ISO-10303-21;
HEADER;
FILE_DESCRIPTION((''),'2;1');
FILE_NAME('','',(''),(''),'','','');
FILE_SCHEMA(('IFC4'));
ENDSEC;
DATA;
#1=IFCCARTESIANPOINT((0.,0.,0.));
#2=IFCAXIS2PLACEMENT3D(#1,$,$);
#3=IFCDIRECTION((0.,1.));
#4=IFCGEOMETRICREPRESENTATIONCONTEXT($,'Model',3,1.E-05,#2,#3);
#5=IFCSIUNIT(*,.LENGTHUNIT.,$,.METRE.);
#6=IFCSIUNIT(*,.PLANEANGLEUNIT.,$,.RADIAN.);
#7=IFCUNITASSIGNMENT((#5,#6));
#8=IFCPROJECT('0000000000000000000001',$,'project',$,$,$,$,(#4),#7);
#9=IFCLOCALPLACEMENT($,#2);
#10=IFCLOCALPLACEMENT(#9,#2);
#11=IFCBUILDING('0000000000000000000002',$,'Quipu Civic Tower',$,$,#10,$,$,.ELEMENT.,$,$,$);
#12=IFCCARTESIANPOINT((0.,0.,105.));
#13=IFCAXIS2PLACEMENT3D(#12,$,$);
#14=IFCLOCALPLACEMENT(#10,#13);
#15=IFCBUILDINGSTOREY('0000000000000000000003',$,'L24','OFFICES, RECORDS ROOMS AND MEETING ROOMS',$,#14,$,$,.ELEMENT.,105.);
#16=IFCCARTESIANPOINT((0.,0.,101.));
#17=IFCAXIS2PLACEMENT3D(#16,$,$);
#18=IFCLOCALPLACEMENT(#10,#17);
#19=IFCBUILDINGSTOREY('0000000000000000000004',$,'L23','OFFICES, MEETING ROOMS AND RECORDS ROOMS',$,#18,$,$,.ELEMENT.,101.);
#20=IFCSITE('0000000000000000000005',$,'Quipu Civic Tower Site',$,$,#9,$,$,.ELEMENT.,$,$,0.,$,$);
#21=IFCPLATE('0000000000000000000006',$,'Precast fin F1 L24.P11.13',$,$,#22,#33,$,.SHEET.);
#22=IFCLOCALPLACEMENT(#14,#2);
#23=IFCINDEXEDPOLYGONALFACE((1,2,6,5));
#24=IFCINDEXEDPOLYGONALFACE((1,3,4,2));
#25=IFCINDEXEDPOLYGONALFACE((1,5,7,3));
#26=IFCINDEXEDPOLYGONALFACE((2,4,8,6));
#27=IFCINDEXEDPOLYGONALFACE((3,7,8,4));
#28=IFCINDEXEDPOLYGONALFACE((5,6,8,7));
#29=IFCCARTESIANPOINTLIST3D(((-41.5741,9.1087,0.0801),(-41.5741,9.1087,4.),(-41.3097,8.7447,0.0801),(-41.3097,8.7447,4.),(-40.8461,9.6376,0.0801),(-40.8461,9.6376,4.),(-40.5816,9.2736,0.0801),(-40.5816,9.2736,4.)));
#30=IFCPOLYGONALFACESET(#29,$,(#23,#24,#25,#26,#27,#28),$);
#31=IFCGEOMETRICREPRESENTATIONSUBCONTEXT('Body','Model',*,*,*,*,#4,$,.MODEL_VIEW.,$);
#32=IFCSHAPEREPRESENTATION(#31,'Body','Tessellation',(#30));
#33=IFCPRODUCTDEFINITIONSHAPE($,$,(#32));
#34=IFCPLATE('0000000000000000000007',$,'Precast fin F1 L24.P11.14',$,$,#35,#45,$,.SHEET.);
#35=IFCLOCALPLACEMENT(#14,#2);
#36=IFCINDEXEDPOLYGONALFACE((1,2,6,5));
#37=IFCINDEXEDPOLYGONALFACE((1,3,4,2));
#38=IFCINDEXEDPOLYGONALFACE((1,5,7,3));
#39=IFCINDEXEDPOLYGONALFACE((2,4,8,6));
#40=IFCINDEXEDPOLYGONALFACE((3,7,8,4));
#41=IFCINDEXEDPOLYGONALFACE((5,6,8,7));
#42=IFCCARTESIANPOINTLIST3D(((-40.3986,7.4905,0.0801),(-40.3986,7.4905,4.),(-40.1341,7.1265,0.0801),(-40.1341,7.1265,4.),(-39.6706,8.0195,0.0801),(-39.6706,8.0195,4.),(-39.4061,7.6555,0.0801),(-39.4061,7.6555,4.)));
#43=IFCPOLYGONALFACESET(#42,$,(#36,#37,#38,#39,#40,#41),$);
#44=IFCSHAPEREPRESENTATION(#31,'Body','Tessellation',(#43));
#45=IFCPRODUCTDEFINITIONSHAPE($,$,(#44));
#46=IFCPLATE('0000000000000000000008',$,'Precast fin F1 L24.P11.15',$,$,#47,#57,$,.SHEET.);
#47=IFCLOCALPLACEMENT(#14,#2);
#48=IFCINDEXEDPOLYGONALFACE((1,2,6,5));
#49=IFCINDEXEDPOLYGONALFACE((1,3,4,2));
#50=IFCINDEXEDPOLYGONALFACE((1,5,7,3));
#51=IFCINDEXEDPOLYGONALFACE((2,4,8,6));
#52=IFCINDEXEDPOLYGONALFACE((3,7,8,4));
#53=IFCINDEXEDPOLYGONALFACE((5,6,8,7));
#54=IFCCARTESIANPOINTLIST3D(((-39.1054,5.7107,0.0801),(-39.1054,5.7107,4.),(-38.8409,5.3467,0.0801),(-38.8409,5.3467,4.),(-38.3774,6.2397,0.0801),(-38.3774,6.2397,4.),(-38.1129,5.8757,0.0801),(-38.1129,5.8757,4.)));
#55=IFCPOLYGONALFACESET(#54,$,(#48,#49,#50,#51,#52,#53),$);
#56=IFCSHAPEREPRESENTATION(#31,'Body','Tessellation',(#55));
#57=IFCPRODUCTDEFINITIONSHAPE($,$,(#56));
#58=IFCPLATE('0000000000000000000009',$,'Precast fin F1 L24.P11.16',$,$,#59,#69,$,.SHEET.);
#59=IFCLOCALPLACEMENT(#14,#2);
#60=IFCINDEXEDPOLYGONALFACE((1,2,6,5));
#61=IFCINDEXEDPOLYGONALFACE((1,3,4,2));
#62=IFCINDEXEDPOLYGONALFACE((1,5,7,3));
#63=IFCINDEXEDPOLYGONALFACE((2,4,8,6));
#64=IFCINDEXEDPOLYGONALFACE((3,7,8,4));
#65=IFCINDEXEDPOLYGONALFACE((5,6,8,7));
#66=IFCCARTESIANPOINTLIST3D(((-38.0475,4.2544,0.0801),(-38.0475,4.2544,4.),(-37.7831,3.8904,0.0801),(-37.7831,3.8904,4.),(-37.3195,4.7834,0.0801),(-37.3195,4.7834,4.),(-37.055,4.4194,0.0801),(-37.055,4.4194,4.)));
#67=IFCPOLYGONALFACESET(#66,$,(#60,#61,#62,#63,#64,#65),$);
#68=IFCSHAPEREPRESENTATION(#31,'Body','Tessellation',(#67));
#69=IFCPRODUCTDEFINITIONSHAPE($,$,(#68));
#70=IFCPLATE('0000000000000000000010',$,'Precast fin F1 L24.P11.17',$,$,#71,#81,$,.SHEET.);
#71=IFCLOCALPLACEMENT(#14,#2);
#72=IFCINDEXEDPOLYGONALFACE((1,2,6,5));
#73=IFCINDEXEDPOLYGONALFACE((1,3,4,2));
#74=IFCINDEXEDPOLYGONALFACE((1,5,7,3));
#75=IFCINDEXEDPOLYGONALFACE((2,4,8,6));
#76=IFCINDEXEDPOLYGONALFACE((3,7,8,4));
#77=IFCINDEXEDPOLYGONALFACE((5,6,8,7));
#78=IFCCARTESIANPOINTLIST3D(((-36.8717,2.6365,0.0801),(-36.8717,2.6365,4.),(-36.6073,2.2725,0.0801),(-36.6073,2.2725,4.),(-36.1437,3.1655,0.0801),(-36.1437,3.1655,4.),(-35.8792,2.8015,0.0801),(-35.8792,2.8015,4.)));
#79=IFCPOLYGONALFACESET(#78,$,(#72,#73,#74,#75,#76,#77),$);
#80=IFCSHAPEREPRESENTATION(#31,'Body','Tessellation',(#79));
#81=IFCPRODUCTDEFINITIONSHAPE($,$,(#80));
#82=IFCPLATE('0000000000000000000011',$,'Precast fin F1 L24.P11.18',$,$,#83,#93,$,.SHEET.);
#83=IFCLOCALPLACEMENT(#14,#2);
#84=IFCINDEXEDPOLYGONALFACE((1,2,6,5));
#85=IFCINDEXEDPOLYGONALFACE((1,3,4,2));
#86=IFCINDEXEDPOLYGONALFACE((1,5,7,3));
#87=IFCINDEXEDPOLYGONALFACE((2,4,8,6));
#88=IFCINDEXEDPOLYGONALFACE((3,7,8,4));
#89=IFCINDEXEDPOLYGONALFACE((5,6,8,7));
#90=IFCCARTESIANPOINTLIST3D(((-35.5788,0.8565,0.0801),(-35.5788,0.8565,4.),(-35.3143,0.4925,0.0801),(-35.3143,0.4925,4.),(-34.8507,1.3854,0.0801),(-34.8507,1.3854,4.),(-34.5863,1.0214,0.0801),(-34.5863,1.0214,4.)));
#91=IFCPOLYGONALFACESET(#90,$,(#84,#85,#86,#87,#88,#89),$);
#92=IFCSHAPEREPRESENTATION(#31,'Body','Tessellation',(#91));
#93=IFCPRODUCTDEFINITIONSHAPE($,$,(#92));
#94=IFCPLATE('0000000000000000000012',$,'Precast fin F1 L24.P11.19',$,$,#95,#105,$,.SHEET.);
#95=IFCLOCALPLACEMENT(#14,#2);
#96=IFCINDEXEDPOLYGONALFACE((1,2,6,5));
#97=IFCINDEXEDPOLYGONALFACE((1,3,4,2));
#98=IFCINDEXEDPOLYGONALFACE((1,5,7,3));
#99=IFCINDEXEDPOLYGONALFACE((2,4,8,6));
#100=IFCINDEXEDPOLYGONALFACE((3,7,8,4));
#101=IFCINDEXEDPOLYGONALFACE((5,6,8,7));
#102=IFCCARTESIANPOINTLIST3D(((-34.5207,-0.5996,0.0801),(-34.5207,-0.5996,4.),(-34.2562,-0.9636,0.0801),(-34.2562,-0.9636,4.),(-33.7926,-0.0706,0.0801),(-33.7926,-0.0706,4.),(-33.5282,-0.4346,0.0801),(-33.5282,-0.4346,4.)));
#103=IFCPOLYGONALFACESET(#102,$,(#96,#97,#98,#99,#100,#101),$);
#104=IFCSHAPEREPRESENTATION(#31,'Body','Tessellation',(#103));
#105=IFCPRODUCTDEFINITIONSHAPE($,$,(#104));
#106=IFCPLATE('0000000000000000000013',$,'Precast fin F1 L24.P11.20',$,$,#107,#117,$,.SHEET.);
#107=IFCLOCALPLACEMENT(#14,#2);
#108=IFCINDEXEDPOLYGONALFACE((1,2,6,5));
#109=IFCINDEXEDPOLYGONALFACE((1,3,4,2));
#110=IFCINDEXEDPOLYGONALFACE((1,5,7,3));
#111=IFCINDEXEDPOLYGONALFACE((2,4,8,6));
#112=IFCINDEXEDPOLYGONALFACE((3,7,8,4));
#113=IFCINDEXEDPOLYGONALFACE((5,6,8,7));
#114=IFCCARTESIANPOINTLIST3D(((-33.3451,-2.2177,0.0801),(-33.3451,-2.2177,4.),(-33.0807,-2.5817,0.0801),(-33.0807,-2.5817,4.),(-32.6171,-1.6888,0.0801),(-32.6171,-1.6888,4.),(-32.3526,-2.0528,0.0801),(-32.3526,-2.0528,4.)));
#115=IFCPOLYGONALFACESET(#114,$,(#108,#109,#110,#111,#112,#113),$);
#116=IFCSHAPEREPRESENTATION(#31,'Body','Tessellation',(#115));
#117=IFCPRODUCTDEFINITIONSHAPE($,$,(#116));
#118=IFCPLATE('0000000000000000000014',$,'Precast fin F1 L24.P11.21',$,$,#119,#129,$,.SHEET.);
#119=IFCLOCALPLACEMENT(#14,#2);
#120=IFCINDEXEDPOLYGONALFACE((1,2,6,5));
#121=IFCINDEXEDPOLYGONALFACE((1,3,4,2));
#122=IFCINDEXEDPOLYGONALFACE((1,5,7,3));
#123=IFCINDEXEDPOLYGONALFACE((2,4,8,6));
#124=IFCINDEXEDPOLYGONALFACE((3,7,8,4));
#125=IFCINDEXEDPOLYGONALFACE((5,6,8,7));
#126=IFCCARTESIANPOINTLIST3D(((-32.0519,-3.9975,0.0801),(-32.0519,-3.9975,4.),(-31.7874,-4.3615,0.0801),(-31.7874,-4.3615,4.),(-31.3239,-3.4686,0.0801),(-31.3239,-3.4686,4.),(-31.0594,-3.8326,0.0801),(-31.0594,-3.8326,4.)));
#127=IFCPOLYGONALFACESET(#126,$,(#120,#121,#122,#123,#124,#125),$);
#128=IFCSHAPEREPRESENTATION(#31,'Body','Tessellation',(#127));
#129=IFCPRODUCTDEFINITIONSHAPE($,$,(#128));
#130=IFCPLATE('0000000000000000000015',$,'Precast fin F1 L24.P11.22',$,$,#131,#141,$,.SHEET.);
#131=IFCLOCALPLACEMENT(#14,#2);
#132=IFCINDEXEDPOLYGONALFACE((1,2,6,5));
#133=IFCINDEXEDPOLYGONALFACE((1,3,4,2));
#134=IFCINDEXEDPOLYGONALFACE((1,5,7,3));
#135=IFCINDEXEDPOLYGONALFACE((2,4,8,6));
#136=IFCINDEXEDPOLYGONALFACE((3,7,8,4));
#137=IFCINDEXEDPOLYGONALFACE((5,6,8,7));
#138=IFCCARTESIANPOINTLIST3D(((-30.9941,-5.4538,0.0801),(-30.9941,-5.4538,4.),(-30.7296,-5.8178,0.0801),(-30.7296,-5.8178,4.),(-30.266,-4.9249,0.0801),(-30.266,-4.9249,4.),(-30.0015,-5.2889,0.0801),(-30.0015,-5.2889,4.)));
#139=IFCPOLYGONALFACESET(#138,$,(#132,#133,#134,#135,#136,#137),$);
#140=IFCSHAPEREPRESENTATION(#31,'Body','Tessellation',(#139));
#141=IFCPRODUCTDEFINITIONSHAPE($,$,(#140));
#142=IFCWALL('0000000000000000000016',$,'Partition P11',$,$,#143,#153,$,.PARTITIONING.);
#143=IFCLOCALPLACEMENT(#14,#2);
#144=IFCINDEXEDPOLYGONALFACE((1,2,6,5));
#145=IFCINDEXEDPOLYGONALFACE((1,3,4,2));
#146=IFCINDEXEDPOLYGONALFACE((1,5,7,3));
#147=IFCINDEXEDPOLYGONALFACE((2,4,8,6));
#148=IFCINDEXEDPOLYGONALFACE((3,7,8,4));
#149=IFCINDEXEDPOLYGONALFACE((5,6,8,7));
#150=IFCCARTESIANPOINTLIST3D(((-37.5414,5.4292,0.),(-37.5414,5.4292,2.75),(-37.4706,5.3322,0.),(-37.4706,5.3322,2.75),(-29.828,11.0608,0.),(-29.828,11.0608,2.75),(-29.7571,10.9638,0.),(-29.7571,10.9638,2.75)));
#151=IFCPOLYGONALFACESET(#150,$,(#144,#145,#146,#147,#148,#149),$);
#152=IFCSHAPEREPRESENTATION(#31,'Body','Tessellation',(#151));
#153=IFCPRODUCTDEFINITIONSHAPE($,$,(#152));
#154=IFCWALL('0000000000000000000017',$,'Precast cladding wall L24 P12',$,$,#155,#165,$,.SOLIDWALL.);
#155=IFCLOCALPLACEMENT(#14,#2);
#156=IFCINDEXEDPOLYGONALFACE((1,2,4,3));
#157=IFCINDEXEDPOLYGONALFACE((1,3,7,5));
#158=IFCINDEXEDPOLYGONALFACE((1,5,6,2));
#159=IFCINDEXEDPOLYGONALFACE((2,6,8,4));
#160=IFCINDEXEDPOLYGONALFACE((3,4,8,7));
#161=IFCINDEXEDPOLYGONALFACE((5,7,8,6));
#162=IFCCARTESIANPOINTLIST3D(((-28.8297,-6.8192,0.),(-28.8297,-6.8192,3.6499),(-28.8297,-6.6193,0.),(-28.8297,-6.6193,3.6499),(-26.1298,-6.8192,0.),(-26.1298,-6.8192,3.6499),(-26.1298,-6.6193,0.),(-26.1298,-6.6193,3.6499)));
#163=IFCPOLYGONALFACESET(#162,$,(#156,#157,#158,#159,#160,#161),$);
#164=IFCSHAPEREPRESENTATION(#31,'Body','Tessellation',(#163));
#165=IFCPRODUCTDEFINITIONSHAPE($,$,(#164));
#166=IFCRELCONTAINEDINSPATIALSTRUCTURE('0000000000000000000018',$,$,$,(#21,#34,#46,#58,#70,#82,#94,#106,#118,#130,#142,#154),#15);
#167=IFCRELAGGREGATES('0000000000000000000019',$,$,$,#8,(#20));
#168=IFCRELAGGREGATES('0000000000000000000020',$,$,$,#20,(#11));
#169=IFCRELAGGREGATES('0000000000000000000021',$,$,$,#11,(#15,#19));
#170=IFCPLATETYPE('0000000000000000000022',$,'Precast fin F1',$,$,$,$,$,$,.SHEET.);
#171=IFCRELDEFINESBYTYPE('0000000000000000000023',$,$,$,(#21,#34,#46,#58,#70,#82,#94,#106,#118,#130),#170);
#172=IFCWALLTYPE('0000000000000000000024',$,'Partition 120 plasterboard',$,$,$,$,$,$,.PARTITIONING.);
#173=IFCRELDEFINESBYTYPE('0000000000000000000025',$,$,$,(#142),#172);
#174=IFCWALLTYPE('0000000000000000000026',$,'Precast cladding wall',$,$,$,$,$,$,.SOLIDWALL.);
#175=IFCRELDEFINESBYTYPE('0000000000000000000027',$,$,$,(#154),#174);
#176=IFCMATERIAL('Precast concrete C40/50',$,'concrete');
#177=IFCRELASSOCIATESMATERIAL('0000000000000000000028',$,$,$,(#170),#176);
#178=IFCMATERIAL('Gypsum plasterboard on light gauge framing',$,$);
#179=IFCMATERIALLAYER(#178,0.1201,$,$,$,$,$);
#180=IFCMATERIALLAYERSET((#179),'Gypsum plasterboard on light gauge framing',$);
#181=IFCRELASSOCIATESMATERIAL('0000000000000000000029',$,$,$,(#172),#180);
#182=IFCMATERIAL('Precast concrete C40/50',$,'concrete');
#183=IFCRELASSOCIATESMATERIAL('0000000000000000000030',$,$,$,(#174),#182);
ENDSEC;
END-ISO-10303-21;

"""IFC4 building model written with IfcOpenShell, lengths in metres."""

from ifc_helpers import new_model, si_unit, direction, frame, frame_2d, origin, origin_2d, place, context, subcontext, project, spatial, rectangle, extrude, material, layer, layer_set, type_object, element, save


model = new_model("IFC4")

# Units and contexts
model_context = context("Model", 3, precision=1e-05, world=origin(), true_north=direction((0.0, 1.0)))
body_context = subcontext(model_context, "Body", "Model", "MODEL_VIEW")
ifc_project = project(units=[si_unit("LENGTHUNIT", "METRE"), si_unit("PLANEANGLEUNIT", "RADIAN")], contexts=[model_context])

# Site, building, storey
site_placement = place(None, origin())
site = spatial("IfcSite", under=ifc_project, at=site_placement, Name="Quipu Civic Tower Site", CompositionType="ELEMENT", RefElevation=0.0)
building_placement = place(site_placement, origin())
building = spatial("IfcBuilding", under=site, at=building_placement, Name="Quipu Civic Tower", CompositionType="ELEMENT")
storey_1_placement = place(building_placement, frame((0.0, 0.0, 105.0)))
storey_1 = spatial("IfcBuildingStorey", under=building, at=storey_1_placement, Name="L24", Description="OFFICES, RECORDS ROOMS AND MEETING ROOMS", CompositionType="ELEMENT", Elevation=105.0)

# Shared definitions
storey_2_placement = place(building_placement, frame((0.0, 0.0, 101.0)))
storey_2 = spatial("IfcBuildingStorey", under=building, at=storey_2_placement, Name="L23", Description="OFFICES, MEETING ROOMS AND RECORDS ROOMS", CompositionType="ELEMENT", Elevation=101.0)

# Plates
ifc_material_1 = material(Name="Precast concrete C40/50", Category="concrete")
plate_type_1 = type_object("IfcPlateType", Name="Precast fin F1", PredefinedType="SHEET", material=ifc_material_1)
for number, where, z_axis, x_axis, name in (
    (1, (-41.0779, 9.1912, 0.0801), (0.0, 0.0, 1.0), (0.587786, -0.809017, 0.0), "Precast fin F1 L24.P11.13"),
    (2, (-39.9023, 7.573, 0.0801), (0.0, 0.0, 1.0), (0.587786, -0.809017, 0.0), "Precast fin F1 L24.P11.14"),
    (3, (-38.6091, 5.7932, 0.0801), (0.0, 0.0, 1.0), (0.587786, -0.809017, 0.0), "Precast fin F1 L24.P11.15"),
    (4, (-37.5513, 4.3369, 0.0801), (0.0, 0.0, 1.0), (0.587786, -0.809017, 0.0), "Precast fin F1 L24.P11.16"),
    (5, (-36.3755, 2.719, 0.0801), (0.0, 0.0, 1.0), (0.587786, -0.809017, 0.0), "Precast fin F1 L24.P11.17"),
    (6, (-35.0825, 0.939, 0.0801), (0.0, 0.0, 1.0), (0.587786, -0.809017, 0.0), "Precast fin F1 L24.P11.18"),
    (7, (-34.0244, -0.5171, 0.0801), (0.0, 0.0, 1.0), (0.587786, -0.809017, 0.0), "Precast fin F1 L24.P11.19"),
    (8, (-32.8489, -2.1353, 0.0801), (0.0, 0.0, 1.0), (0.587786, -0.809017, 0.0), "Precast fin F1 L24.P11.20"),
    (9, (-31.5557, -3.915, 0.0801), (0.0, 0.0, 1.0), (0.587786, -0.809017, 0.0), "Precast fin F1 L24.P11.21"),
    (10, (-30.4978, -5.3713, 0.0801), (0.0, 0.0, 1.0), (0.587786, -0.809017, 0.0), "Precast fin F1 L24.P11.22"),
):
    element("IfcPlate", number, at=place(storey_1_placement, frame(where, z_axis=z_axis, x_axis=x_axis)), inside=storey_1, type_object=plate_type_1, Name=name, PredefinedType="SHEET", context=body_context, shape_type="SweptSolid", body=[
        extrude(rectangle(XDim=0.45, YDim=0.8999, at=origin_2d()), origin(), (0.0, 0.0, 1.0), 3.9199),
    ])

# Walls
ifc_material_2 = material(Name="Gypsum plasterboard on light gauge framing")
ifc_layer_1 = layer(ifc_material_2, 0.1201)
ifc_layer_set_1 = layer_set([ifc_layer_1], Name="Gypsum plasterboard on light gauge framing")
wall_type_1 = type_object("IfcWallType", Name="Partition 120 plasterboard", PredefinedType="PARTITIONING", material=ifc_layer_set_1)
wall_1_placement = place(storey_1_placement, frame((-37.5061, 5.3806, 0.0), z_axis=(0.0, 0.0, 1.0), x_axis=(0.807646, 0.589668, 0.0)))
element("IfcWall", 11, at=wall_1_placement, inside=storey_1, type_object=wall_type_1, Name="Partition P11", PredefinedType="PARTITIONING", context=body_context, shape_type="SweptSolid", body=[
    extrude(rectangle(XDim=9.5505, YDim=0.1201, at=frame_2d((4.7754, 0.0))), origin(), (0.0, 0.0, 1.0), 2.75),
])
ifc_material_3 = material(Name="Precast concrete C40/50", Category="concrete")
wall_type_2 = type_object("IfcWallType", Name="Precast cladding wall", PredefinedType="SOLIDWALL", material=ifc_material_3)
wall_2_placement = place(storey_1_placement, frame((-28.8298, -6.7192, 0.0), z_axis=(0.0, 0.0, 1.0), x_axis=(1.0, 0.0, 0.0)))
element("IfcWall", 12, at=wall_2_placement, inside=storey_1, type_object=wall_type_2, Name="Precast cladding wall L24 P12", PredefinedType="SOLIDWALL", context=body_context, shape_type="SweptSolid", body=[
    extrude(rectangle(XDim=2.7, YDim=0.2, at=frame_2d((1.3501, 0.0))), origin(), (0.0, 0.0, 1.0), 3.6499),
])

save(model, "model.ifc")
